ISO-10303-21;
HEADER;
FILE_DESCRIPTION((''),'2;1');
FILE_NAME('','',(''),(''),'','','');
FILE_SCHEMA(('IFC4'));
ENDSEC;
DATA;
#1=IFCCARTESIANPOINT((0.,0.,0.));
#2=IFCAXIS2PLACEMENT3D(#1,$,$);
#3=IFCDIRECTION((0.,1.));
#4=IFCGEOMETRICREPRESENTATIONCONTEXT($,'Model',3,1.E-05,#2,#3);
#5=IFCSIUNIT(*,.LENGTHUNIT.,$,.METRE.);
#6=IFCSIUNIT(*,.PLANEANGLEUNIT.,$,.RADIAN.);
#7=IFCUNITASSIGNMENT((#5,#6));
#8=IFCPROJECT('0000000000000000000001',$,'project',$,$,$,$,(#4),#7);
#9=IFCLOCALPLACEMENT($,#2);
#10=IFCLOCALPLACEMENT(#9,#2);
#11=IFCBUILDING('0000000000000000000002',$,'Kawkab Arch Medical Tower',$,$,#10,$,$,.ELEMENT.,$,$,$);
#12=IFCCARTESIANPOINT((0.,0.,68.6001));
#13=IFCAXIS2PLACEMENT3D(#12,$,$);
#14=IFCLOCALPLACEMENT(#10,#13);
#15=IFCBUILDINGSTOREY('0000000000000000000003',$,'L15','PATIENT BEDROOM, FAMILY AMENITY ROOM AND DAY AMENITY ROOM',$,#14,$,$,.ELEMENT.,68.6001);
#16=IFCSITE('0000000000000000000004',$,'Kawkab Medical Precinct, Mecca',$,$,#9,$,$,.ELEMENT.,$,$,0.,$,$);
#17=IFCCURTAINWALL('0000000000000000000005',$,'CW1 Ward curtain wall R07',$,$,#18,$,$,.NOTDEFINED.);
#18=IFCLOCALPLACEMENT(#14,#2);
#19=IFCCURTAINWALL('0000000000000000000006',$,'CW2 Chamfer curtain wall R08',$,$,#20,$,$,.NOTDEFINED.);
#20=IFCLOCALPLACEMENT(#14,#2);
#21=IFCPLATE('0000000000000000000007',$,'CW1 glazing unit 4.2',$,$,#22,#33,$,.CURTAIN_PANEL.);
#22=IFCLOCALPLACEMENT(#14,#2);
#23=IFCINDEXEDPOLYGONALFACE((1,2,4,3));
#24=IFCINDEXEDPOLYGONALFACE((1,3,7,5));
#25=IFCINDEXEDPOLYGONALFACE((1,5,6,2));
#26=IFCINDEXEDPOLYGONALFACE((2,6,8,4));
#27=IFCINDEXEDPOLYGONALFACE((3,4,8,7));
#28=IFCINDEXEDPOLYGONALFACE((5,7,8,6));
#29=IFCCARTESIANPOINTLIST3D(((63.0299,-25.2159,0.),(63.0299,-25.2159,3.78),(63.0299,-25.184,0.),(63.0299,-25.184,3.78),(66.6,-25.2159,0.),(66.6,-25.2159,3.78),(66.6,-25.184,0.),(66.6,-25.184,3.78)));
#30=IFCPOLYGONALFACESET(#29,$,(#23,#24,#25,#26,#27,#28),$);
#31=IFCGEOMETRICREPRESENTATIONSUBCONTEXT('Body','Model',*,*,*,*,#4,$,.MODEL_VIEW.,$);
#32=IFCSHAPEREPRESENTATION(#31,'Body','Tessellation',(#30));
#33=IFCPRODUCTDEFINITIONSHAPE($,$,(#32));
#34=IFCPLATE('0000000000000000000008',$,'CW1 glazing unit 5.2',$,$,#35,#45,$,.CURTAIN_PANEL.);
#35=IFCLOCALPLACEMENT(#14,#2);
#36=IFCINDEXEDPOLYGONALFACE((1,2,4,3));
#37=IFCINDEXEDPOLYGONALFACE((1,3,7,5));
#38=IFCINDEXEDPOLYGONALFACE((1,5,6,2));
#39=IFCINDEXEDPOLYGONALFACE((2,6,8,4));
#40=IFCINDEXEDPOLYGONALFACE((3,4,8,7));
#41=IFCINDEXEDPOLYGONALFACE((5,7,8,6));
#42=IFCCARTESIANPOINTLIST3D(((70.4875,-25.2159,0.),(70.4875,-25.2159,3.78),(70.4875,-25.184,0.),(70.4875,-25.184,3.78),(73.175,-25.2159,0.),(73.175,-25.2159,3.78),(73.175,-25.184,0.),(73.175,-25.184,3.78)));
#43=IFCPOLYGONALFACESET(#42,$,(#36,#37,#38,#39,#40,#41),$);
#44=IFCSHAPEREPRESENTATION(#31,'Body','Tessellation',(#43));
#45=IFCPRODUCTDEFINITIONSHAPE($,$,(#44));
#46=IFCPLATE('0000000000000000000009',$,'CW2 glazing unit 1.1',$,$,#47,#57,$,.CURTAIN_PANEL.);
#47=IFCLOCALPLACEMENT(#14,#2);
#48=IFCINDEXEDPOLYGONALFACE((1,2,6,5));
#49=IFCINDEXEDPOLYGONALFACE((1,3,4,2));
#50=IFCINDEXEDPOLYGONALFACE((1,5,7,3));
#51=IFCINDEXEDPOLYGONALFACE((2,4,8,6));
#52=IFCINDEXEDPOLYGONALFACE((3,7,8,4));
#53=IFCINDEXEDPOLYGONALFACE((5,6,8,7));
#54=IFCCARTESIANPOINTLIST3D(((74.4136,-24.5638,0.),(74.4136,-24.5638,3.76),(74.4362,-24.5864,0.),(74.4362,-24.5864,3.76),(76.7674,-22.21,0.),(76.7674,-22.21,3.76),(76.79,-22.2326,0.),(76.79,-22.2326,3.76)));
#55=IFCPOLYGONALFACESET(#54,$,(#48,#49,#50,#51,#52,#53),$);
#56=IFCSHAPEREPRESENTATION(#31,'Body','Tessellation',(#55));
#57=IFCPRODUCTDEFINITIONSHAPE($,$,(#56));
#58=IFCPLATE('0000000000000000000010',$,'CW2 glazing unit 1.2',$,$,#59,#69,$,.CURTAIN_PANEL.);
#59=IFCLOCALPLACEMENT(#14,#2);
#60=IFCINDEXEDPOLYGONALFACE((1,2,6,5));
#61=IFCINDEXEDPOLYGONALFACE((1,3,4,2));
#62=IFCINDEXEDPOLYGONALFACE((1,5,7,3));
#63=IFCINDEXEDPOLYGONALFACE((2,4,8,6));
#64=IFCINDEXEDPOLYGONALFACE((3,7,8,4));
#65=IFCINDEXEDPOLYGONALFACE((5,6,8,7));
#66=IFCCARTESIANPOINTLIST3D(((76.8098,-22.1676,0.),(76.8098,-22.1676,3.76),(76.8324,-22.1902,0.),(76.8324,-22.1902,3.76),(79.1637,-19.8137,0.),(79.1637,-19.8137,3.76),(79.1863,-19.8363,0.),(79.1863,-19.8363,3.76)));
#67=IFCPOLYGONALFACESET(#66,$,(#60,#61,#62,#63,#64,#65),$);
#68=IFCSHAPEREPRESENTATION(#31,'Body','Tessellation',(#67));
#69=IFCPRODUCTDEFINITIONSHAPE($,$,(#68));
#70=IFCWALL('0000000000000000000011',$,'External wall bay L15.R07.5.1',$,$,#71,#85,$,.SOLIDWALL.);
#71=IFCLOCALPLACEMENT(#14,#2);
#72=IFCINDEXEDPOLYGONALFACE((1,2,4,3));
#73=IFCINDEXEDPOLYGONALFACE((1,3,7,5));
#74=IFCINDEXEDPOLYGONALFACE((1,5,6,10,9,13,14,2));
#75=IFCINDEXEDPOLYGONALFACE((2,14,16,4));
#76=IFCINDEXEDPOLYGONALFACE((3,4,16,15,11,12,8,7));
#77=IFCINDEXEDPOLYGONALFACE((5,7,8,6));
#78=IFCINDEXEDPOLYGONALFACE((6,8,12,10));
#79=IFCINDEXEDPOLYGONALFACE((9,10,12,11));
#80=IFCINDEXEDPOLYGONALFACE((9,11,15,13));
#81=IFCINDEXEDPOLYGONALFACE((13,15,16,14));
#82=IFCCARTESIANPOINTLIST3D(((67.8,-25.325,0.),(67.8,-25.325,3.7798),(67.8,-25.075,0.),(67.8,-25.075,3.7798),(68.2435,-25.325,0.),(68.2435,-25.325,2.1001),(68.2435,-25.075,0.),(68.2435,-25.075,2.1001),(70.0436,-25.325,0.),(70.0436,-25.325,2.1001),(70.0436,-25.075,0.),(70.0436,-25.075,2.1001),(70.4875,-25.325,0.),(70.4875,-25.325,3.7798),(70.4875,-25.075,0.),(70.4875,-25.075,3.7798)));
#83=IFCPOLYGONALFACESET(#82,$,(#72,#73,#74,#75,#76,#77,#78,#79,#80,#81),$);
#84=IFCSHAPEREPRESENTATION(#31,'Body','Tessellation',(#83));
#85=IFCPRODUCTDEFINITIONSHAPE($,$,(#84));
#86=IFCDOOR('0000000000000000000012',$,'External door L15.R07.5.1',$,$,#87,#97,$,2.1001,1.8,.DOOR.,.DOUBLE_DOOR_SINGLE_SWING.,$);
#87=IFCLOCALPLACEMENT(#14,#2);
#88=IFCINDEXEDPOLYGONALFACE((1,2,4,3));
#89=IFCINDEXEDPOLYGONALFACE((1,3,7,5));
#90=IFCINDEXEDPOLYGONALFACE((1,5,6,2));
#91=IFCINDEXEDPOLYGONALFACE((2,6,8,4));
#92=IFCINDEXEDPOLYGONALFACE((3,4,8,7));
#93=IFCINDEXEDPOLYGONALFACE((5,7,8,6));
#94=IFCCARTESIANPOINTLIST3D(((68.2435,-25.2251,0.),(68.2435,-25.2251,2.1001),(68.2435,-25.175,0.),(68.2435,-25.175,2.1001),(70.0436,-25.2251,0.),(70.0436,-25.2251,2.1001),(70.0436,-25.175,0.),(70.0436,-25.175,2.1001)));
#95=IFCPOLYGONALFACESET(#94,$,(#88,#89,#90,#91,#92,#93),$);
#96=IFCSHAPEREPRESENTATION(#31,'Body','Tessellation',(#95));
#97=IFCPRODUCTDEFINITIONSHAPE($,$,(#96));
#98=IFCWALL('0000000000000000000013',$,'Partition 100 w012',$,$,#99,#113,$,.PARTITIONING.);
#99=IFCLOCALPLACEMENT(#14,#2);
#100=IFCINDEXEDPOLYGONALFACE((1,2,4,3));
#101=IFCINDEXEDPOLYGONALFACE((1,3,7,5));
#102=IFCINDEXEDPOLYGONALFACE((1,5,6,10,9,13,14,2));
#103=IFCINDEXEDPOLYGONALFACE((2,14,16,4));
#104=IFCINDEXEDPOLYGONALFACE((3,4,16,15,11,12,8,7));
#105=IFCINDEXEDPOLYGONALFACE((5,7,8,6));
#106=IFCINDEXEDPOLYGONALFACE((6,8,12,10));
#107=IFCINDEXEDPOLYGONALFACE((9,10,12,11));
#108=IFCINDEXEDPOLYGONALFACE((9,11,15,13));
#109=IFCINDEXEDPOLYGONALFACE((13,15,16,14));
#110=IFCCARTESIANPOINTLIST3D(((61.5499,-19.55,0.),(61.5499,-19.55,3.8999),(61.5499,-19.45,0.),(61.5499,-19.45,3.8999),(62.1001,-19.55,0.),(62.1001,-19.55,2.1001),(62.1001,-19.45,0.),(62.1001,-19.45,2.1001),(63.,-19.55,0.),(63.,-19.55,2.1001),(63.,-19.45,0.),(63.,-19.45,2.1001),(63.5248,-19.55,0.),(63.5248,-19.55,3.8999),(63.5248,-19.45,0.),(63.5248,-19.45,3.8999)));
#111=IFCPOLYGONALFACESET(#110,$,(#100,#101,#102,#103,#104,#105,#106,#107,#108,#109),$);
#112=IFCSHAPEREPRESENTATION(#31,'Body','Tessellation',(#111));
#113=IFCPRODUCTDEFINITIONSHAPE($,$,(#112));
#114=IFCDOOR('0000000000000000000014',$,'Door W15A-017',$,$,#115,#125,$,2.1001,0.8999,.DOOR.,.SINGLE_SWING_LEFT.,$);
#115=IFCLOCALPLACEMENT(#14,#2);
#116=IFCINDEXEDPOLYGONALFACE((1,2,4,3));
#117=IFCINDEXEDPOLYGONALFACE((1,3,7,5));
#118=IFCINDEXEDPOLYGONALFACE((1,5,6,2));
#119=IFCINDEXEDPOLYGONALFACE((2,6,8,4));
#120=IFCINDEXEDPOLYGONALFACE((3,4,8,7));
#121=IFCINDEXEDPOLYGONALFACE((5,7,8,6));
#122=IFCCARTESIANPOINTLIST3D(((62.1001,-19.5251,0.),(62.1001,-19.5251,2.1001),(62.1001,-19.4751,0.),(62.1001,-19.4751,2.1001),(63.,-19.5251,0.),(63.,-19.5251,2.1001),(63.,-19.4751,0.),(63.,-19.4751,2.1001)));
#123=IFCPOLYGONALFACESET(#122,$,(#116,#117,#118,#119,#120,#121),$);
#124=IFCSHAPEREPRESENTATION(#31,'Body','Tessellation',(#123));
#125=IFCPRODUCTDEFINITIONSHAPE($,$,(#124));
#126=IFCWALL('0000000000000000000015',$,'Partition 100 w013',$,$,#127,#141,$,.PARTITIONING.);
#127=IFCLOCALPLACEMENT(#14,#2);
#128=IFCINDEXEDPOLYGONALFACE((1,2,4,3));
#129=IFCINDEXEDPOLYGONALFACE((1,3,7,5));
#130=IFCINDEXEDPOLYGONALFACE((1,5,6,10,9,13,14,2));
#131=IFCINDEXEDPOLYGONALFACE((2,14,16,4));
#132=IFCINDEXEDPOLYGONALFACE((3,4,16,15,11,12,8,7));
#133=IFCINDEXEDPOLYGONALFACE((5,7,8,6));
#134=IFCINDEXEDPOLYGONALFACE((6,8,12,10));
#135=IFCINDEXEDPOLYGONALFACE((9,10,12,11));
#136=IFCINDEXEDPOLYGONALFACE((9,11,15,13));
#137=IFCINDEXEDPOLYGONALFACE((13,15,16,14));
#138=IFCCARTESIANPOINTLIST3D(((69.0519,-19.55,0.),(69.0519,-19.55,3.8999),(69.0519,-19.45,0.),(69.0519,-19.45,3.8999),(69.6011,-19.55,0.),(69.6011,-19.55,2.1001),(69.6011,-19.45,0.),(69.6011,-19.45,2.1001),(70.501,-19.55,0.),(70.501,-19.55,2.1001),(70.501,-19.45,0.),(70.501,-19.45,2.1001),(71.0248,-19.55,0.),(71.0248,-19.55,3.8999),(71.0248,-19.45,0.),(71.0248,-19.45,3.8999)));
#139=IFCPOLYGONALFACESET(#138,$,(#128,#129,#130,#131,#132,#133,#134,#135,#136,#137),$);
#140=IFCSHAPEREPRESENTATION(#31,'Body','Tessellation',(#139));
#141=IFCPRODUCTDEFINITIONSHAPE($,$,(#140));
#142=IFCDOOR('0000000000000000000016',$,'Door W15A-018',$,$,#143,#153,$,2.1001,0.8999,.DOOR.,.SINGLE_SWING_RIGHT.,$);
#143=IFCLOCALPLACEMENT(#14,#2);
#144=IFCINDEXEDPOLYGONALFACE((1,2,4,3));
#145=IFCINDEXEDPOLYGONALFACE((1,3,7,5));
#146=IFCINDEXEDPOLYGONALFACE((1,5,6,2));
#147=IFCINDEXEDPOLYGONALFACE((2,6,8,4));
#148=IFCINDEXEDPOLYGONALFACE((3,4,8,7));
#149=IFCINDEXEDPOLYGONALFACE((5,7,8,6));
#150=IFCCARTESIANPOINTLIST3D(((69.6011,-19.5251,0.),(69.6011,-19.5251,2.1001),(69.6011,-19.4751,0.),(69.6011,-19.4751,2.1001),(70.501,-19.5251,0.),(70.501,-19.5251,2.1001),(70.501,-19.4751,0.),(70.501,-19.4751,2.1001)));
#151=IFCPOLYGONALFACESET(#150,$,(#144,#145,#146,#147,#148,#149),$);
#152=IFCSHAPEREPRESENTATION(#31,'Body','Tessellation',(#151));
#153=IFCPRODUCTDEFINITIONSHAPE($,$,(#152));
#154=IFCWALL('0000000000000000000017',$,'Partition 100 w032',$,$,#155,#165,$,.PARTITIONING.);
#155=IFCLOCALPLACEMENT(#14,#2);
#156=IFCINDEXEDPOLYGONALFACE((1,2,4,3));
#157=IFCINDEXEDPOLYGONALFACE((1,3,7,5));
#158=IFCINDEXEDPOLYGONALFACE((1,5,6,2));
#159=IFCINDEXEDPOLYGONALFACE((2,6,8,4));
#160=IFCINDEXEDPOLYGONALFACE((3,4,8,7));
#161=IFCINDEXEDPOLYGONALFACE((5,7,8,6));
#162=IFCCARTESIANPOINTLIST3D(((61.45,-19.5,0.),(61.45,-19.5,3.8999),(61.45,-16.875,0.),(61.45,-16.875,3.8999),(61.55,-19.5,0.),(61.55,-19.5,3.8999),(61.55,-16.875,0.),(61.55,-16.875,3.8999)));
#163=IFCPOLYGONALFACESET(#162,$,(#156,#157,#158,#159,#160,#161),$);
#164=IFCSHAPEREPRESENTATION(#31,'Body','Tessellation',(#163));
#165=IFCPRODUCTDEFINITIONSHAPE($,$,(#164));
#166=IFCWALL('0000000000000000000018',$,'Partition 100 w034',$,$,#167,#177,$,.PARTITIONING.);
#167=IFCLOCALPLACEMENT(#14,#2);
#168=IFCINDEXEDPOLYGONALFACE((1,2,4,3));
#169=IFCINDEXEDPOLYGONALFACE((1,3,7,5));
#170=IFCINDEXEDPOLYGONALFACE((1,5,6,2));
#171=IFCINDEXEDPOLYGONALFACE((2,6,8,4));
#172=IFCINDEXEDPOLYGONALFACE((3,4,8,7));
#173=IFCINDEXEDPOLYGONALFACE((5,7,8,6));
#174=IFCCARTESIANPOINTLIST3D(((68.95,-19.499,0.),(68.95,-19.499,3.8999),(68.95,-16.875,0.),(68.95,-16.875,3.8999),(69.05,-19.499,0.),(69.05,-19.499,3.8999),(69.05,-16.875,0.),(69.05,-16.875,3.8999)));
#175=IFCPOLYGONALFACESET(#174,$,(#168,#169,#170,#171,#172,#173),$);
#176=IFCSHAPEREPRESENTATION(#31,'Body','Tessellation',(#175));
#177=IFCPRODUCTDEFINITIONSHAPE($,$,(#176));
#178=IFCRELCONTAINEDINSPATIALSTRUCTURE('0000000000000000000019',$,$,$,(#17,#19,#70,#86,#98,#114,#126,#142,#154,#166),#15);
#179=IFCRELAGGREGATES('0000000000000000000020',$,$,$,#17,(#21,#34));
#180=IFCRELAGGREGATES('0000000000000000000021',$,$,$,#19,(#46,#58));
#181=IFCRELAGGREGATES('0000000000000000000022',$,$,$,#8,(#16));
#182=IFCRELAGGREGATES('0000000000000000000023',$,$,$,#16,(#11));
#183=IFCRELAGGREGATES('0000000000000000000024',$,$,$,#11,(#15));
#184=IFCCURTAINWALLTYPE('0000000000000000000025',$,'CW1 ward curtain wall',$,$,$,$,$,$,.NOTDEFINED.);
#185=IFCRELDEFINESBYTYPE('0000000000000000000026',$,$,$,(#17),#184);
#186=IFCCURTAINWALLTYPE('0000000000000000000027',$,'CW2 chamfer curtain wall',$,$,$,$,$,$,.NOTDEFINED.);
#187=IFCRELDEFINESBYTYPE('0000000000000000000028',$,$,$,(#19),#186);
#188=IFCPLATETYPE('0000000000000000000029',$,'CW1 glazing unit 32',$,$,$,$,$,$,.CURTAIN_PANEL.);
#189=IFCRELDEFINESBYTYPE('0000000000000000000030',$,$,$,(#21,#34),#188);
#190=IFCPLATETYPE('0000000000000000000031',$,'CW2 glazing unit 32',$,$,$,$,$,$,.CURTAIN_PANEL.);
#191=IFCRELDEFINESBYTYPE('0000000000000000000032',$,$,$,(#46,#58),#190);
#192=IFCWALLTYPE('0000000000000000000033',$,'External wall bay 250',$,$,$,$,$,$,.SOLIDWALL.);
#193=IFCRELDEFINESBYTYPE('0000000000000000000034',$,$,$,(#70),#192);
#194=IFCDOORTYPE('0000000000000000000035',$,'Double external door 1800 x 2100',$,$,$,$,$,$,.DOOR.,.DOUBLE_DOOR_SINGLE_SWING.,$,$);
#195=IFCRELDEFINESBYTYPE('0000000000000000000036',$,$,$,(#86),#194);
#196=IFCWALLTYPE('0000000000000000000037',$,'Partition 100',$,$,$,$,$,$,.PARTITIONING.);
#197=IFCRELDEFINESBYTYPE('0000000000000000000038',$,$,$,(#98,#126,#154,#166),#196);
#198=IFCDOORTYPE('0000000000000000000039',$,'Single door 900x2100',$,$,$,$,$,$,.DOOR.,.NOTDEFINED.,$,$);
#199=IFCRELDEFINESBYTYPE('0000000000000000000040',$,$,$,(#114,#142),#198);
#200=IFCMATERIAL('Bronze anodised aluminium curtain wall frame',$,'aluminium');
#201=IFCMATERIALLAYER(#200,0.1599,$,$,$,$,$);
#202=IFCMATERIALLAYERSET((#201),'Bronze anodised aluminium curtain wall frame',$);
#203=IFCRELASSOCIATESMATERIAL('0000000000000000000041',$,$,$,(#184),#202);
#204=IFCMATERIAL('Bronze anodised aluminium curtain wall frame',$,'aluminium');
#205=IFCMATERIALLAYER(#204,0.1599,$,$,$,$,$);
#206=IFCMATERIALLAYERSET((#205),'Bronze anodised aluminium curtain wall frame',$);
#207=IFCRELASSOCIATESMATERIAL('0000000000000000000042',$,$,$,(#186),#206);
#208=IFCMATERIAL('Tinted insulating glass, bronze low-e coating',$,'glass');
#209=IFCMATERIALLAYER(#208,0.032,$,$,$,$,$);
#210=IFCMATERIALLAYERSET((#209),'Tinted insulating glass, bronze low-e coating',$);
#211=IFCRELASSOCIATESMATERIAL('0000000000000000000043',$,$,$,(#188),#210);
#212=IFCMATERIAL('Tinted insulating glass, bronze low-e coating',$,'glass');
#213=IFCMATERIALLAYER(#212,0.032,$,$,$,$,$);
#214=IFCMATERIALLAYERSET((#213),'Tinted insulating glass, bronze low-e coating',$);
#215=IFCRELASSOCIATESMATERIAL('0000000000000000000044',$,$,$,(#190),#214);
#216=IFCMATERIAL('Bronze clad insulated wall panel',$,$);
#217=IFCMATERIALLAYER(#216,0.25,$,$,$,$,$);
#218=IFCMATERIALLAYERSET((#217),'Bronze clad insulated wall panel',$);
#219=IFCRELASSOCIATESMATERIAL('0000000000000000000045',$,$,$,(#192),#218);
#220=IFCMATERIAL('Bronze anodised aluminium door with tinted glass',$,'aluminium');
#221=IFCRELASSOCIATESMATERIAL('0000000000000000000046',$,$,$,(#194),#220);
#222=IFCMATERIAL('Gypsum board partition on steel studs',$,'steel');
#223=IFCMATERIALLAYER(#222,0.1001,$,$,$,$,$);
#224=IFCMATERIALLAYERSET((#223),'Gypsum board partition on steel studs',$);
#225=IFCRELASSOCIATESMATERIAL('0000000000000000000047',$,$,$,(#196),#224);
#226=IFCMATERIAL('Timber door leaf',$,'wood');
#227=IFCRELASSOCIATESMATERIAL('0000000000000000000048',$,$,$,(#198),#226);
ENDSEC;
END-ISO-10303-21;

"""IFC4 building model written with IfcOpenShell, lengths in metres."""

from ifc_helpers import new_model, si_unit, direction, frame, frame_2d, origin, origin_2d, place, context, subcontext, project, spatial, rectangle, extrude, material, layer, layer_set, type_object, element, fill, aggregate, save


model = new_model("IFC4")

# Units and contexts
model_context = context("Model", 3, precision=1e-05, world=origin(), true_north=direction((0.0, 1.0)))
body_context = subcontext(model_context, "Body", "Model", "MODEL_VIEW")
ifc_project = project(units=[si_unit("LENGTHUNIT", "METRE"), si_unit("PLANEANGLEUNIT", "RADIAN")], contexts=[model_context])

# Site, building, storey
site_placement = place(None, origin())
site = spatial("IfcSite", under=ifc_project, at=site_placement, Name="Kawkab Medical Precinct, Mecca", CompositionType="ELEMENT", RefElevation=0.0)
building_placement = place(site_placement, origin())
building = spatial("IfcBuilding", under=site, at=building_placement, Name="Kawkab Arch Medical Tower", CompositionType="ELEMENT")
storey_placement = place(building_placement, frame((0.0, 0.0, 68.6001)))
storey = spatial("IfcBuildingStorey", under=building, at=storey_placement, Name="L15", Description="PATIENT BEDROOM, FAMILY AMENITY ROOM AND DAY AMENITY ROOM", CompositionType="ELEMENT", Elevation=68.6001)

# Curtain wall
ifc_material_1 = material(Name="Bronze anodised aluminium curtain wall frame", Category="aluminium")
ifc_layer_1 = layer(ifc_material_1, 0.1599)
ifc_layer_set_1 = layer_set([ifc_layer_1], Name="Bronze anodised aluminium curtain wall frame")
curtain_wall_type_1 = type_object("IfcCurtainWallType", Name="CW1 ward curtain wall", PredefinedType="NOTDEFINED", material=ifc_layer_set_1)
placement = place(storey_placement, origin())
curtain_wall_1 = element("IfcCurtainWall", 1, at=placement, inside=storey, type_object=curtain_wall_type_1, Name="CW1 Ward curtain wall R07", PredefinedType="NOTDEFINED")

# Curtain wall
ifc_material_2 = material(Name="Bronze anodised aluminium curtain wall frame", Category="aluminium")
ifc_layer_2 = layer(ifc_material_2, 0.1599)
ifc_layer_set_2 = layer_set([ifc_layer_2], Name="Bronze anodised aluminium curtain wall frame")
curtain_wall_type_2 = type_object("IfcCurtainWallType", Name="CW2 chamfer curtain wall", PredefinedType="NOTDEFINED", material=ifc_layer_set_2)
curtain_wall_2 = element("IfcCurtainWall", 2, at=placement, inside=storey, type_object=curtain_wall_type_2, Name="CW2 Chamfer curtain wall R08", PredefinedType="NOTDEFINED")

# Plates
ifc_material_3 = material(Name="Tinted insulating glass, bronze low-e coating", Category="glass")
ifc_layer_3 = layer(ifc_material_3, 0.032)
ifc_layer_set_3 = layer_set([ifc_layer_3], Name="Tinted insulating glass, bronze low-e coating")
plate_type_1 = type_object("IfcPlateType", Name="CW1 glazing unit 32", PredefinedType="CURTAIN_PANEL", material=ifc_layer_set_3)
plate_1_placement = place(storey_placement, frame((64.8149, -25.2, 0.0), z_axis=(0.0, 0.0, 1.0), x_axis=(1.0, 0.0, 0.0)))
plate_1 = element("IfcPlate", 3, at=plate_1_placement, type_object=plate_type_1, Name="CW1 glazing unit 4.2", PredefinedType="CURTAIN_PANEL", context=body_context, shape_type="SweptSolid", body=[
    extrude(rectangle(XDim=3.5701, YDim=0.032, at=origin_2d()), origin(), (0.0, 0.0, 1.0), 3.78),
])
plate_2_placement = place(storey_placement, frame((71.8313, -25.2, 0.0), z_axis=(0.0, 0.0, 1.0), x_axis=(1.0, 0.0, 0.0)))
plate_2 = element("IfcPlate", 4, at=plate_2_placement, type_object=plate_type_1, Name="CW1 glazing unit 5.2", PredefinedType="CURTAIN_PANEL", context=body_context, shape_type="SweptSolid", body=[
    extrude(rectangle(XDim=2.6875, YDim=0.032, at=origin_2d()), origin(), (0.0, 0.0, 1.0), 3.78),
])
aggregate(curtain_wall_1, [plate_1, plate_2])
ifc_material_4 = material(Name="Tinted insulating glass, bronze low-e coating", Category="glass")
ifc_layer_4 = layer(ifc_material_4, 0.032)
ifc_layer_set_4 = layer_set([ifc_layer_4], Name="Tinted insulating glass, bronze low-e coating")
plate_type_2 = type_object("IfcPlateType", Name="CW2 glazing unit 32", PredefinedType="CURTAIN_PANEL", material=ifc_layer_set_4)
plate_3_placement = place(storey_placement, frame((75.6018, -23.3982, 0.0), z_axis=(0.0, 0.0, 1.0), x_axis=(0.707107, 0.707107, 0.0)))
plate_3 = element("IfcPlate", 5, at=plate_3_placement, type_object=plate_type_2, Name="CW2 glazing unit 1.1", PredefinedType="CURTAIN_PANEL", context=body_context, shape_type="SweptSolid", body=[
    extrude(rectangle(XDim=3.3289, YDim=0.032, at=origin_2d()), origin(), (0.0, 0.0, 1.0), 3.76),
])
plate_4_placement = place(storey_placement, frame((77.998, -21.002, 0.0), z_axis=(0.0, 0.0, 1.0), x_axis=(0.707107, 0.707107, 0.0)))
plate_4 = element("IfcPlate", 6, at=plate_4_placement, type_object=plate_type_2, Name="CW2 glazing unit 1.2", PredefinedType="CURTAIN_PANEL", context=body_context, shape_type="SweptSolid", body=[
    extrude(rectangle(XDim=3.3289, YDim=0.032, at=origin_2d()), origin(), (0.0, 0.0, 1.0), 3.76),
])
aggregate(curtain_wall_2, [plate_3, plate_4])

# Walls, openings, doors
ifc_material_5 = material(Name="Bronze clad insulated wall panel")
ifc_layer_5 = layer(ifc_material_5, 0.25)
ifc_layer_set_5 = layer_set([ifc_layer_5], Name="Bronze clad insulated wall panel")
wall_type_1 = type_object("IfcWallType", Name="External wall bay 250", PredefinedType="SOLIDWALL", material=ifc_layer_set_5)
wall_1_placement = place(storey_placement, frame((67.8, -25.2, 0.0), z_axis=(0.0, 0.0, 1.0), x_axis=(1.0, 0.0, 0.0)))
wall_1 = element("IfcWall", 7, at=wall_1_placement, inside=storey, type_object=wall_type_1, Name="External wall bay L15.R07.5.1", PredefinedType="SOLIDWALL", context=body_context, shape_type="SweptSolid", body=[
    extrude(rectangle(XDim=2.6875, YDim=0.25, at=frame_2d((1.3438, 0.0))), origin(), (0.0, 0.0, 1.0), 3.7798),
])
opening_1_placement = place(wall_1_placement, frame((0.4436, 0.0, 0.0)))
opening_1 = element("IfcOpeningElement", 8, at=opening_1_placement, cuts=wall_1, PredefinedType="OPENING", context=body_context, shape_type="SweptSolid", body=[
    extrude(rectangle(XDim=1.8, YDim=2.1001, at=frame_2d((0.8999, 1.05))), frame((0.0, 0.135, 0.0), z_axis=(0.0, -1.0, 0.0), x_axis=(1.0, 0.0, 0.0)), (0.0, 0.0, 1.0), 0.27),
])
ifc_material_6 = material(Name="Bronze anodised aluminium door with tinted glass", Category="aluminium")
door_type_1 = type_object("IfcDoorType", Name="Double external door 1800 x 2100", OperationType="DOUBLE_DOOR_SINGLE_SWING", PredefinedType="DOOR", material=ifc_material_6)
door_1_placement = place(opening_1_placement, origin())
door_1 = element("IfcDoor", 9, at=door_1_placement, inside=storey, type_object=door_type_1, Name="External door L15.R07.5.1", OperationType="DOUBLE_DOOR_SINGLE_SWING", OverallHeight=2.1001, OverallWidth=1.8, PredefinedType="DOOR", context=body_context, shape_type="SweptSolid", body=[
    extrude(rectangle(XDim=1.8, YDim=2.1001, at=frame_2d((0.8999, 1.05))), frame((0.0, 0.0249, 0.0), z_axis=(0.0, -1.0, 0.0), x_axis=(1.0, 0.0, 0.0)), (0.0, 0.0, 1.0), 0.05),
])
fill(opening_1, door_1)
ifc_material_7 = material(Name="Gypsum board partition on steel studs", Category="steel")
ifc_layer_6 = layer(ifc_material_7, 0.1001)
ifc_layer_set_6 = layer_set([ifc_layer_6], Name="Gypsum board partition on steel studs")
wall_type_2 = type_object("IfcWallType", Name="Partition 100", PredefinedType="PARTITIONING", material=ifc_layer_set_6)
wall_2_placement = place(storey_placement, frame((61.55, -19.5, 0.0), z_axis=(0.0, 0.0, 1.0), x_axis=(1.0, 0.0, 0.0)))
wall_2 = element("IfcWall", 10, at=wall_2_placement, inside=storey, type_object=wall_type_2, Name="Partition 100 w012", PredefinedType="PARTITIONING", context=body_context, shape_type="SweptSolid", body=[
    extrude(rectangle(XDim=1.9749, YDim=0.1001, at=frame_2d((0.9873, 0.0))), origin(), (0.0, 0.0, 1.0), 3.8999),
])
opening_2_placement = place(wall_2_placement, frame((0.55, 0.0, 0.0)))
opening_2 = element("IfcOpeningElement", 11, at=opening_2_placement, cuts=wall_2, PredefinedType="OPENING", context=body_context, shape_type="SweptSolid", body=[
    extrude(rectangle(XDim=0.8999, YDim=2.1001, at=frame_2d((0.45, 1.05))), frame((0.0, 0.0601, 0.0), z_axis=(0.0, -1.0, 0.0), x_axis=(1.0, 0.0, 0.0)), (0.0, 0.0, 1.0), 0.1201),
])
ifc_material_8 = material(Name="Timber door leaf", Category="wood")
door_type_2 = type_object("IfcDoorType", Name="Single door 900x2100", OperationType="NOTDEFINED", PredefinedType="DOOR", material=ifc_material_8)
door_2_placement = place(opening_2_placement, origin())
door_2 = element("IfcDoor", 12, at=door_2_placement, inside=storey, type_object=door_type_2, Name="Door W15A-017", OperationType="SINGLE_SWING_LEFT", OverallHeight=2.1001, OverallWidth=0.8999, PredefinedType="DOOR", context=body_context, shape_type="SweptSolid", body=[
    extrude(rectangle(XDim=0.8999, YDim=2.1001, at=frame_2d((0.45, 1.05))), frame((0.0, 0.0249, 0.0), z_axis=(0.0, -1.0, 0.0), x_axis=(1.0, 0.0, 0.0)), (0.0, 0.0, 1.0), 0.05),
])
fill(opening_2, door_2)
wall_3_placement = place(storey_placement, frame((69.052, -19.5, 0.0), z_axis=(0.0, 0.0, 1.0), x_axis=(1.0, 0.0, 0.0)))
wall_3 = element("IfcWall", 13, at=wall_3_placement, inside=storey, type_object=wall_type_2, Name="Partition 100 w013", PredefinedType="PARTITIONING", context=body_context, shape_type="SweptSolid", body=[
    extrude(rectangle(XDim=1.9729, YDim=0.1001, at=frame_2d((0.9863, 0.0))), origin(), (0.0, 0.0, 1.0), 3.8999),
])
opening_3_placement = place(wall_3_placement, frame((0.5491, 0.0, 0.0)))
opening_3 = element("IfcOpeningElement", 14, at=opening_3_placement, cuts=wall_3, PredefinedType="OPENING", context=body_context, shape_type="SweptSolid", body=[
    extrude(rectangle(XDim=0.8999, YDim=2.1001, at=frame_2d((0.45, 1.05))), frame((0.0, 0.0601, 0.0), z_axis=(0.0, -1.0, 0.0), x_axis=(1.0, 0.0, 0.0)), (0.0, 0.0, 1.0), 0.1201),
])
door_3_placement = place(opening_3_placement, origin())
door_3 = element("IfcDoor", 15, at=door_3_placement, inside=storey, type_object=door_type_2, Name="Door W15A-018", OperationType="SINGLE_SWING_RIGHT", OverallHeight=2.1001, OverallWidth=0.8999, PredefinedType="DOOR", context=body_context, shape_type="SweptSolid", body=[
    extrude(rectangle(XDim=0.8999, YDim=2.1001, at=frame_2d((0.45, 1.05))), frame((0.0, 0.0249, 0.0), z_axis=(0.0, -1.0, 0.0), x_axis=(1.0, 0.0, 0.0)), (0.0, 0.0, 1.0), 0.05),
])
fill(opening_3, door_3)

# Walls
wall_4_placement = place(storey_placement, frame((61.5, -19.5, 0.0), z_axis=(0.0, 0.0, 1.0), x_axis=(0.0, 1.0, 0.0)))
element("IfcWall", 16, at=wall_4_placement, inside=storey, type_object=wall_type_2, Name="Partition 100 w032", PredefinedType="PARTITIONING", context=body_context, shape_type="SweptSolid", body=[
    extrude(rectangle(XDim=2.625, YDim=0.1001, at=frame_2d((1.3125, 0.0))), origin(), (0.0, 0.0, 1.0), 3.8999),
])
wall_5_placement = place(storey_placement, frame((69.0, -19.499, 0.0), z_axis=(0.0, 0.0, 1.0), x_axis=(0.0, 1.0, 0.0)))
element("IfcWall", 17, at=wall_5_placement, inside=storey, type_object=wall_type_2, Name="Partition 100 w034", PredefinedType="PARTITIONING", context=body_context, shape_type="SweptSolid", body=[
    extrude(rectangle(XDim=2.624, YDim=0.1001, at=frame_2d((1.312, 0.0))), origin(), (0.0, 0.0, 1.0), 3.8999),
])

save(model, "model.ifc")
